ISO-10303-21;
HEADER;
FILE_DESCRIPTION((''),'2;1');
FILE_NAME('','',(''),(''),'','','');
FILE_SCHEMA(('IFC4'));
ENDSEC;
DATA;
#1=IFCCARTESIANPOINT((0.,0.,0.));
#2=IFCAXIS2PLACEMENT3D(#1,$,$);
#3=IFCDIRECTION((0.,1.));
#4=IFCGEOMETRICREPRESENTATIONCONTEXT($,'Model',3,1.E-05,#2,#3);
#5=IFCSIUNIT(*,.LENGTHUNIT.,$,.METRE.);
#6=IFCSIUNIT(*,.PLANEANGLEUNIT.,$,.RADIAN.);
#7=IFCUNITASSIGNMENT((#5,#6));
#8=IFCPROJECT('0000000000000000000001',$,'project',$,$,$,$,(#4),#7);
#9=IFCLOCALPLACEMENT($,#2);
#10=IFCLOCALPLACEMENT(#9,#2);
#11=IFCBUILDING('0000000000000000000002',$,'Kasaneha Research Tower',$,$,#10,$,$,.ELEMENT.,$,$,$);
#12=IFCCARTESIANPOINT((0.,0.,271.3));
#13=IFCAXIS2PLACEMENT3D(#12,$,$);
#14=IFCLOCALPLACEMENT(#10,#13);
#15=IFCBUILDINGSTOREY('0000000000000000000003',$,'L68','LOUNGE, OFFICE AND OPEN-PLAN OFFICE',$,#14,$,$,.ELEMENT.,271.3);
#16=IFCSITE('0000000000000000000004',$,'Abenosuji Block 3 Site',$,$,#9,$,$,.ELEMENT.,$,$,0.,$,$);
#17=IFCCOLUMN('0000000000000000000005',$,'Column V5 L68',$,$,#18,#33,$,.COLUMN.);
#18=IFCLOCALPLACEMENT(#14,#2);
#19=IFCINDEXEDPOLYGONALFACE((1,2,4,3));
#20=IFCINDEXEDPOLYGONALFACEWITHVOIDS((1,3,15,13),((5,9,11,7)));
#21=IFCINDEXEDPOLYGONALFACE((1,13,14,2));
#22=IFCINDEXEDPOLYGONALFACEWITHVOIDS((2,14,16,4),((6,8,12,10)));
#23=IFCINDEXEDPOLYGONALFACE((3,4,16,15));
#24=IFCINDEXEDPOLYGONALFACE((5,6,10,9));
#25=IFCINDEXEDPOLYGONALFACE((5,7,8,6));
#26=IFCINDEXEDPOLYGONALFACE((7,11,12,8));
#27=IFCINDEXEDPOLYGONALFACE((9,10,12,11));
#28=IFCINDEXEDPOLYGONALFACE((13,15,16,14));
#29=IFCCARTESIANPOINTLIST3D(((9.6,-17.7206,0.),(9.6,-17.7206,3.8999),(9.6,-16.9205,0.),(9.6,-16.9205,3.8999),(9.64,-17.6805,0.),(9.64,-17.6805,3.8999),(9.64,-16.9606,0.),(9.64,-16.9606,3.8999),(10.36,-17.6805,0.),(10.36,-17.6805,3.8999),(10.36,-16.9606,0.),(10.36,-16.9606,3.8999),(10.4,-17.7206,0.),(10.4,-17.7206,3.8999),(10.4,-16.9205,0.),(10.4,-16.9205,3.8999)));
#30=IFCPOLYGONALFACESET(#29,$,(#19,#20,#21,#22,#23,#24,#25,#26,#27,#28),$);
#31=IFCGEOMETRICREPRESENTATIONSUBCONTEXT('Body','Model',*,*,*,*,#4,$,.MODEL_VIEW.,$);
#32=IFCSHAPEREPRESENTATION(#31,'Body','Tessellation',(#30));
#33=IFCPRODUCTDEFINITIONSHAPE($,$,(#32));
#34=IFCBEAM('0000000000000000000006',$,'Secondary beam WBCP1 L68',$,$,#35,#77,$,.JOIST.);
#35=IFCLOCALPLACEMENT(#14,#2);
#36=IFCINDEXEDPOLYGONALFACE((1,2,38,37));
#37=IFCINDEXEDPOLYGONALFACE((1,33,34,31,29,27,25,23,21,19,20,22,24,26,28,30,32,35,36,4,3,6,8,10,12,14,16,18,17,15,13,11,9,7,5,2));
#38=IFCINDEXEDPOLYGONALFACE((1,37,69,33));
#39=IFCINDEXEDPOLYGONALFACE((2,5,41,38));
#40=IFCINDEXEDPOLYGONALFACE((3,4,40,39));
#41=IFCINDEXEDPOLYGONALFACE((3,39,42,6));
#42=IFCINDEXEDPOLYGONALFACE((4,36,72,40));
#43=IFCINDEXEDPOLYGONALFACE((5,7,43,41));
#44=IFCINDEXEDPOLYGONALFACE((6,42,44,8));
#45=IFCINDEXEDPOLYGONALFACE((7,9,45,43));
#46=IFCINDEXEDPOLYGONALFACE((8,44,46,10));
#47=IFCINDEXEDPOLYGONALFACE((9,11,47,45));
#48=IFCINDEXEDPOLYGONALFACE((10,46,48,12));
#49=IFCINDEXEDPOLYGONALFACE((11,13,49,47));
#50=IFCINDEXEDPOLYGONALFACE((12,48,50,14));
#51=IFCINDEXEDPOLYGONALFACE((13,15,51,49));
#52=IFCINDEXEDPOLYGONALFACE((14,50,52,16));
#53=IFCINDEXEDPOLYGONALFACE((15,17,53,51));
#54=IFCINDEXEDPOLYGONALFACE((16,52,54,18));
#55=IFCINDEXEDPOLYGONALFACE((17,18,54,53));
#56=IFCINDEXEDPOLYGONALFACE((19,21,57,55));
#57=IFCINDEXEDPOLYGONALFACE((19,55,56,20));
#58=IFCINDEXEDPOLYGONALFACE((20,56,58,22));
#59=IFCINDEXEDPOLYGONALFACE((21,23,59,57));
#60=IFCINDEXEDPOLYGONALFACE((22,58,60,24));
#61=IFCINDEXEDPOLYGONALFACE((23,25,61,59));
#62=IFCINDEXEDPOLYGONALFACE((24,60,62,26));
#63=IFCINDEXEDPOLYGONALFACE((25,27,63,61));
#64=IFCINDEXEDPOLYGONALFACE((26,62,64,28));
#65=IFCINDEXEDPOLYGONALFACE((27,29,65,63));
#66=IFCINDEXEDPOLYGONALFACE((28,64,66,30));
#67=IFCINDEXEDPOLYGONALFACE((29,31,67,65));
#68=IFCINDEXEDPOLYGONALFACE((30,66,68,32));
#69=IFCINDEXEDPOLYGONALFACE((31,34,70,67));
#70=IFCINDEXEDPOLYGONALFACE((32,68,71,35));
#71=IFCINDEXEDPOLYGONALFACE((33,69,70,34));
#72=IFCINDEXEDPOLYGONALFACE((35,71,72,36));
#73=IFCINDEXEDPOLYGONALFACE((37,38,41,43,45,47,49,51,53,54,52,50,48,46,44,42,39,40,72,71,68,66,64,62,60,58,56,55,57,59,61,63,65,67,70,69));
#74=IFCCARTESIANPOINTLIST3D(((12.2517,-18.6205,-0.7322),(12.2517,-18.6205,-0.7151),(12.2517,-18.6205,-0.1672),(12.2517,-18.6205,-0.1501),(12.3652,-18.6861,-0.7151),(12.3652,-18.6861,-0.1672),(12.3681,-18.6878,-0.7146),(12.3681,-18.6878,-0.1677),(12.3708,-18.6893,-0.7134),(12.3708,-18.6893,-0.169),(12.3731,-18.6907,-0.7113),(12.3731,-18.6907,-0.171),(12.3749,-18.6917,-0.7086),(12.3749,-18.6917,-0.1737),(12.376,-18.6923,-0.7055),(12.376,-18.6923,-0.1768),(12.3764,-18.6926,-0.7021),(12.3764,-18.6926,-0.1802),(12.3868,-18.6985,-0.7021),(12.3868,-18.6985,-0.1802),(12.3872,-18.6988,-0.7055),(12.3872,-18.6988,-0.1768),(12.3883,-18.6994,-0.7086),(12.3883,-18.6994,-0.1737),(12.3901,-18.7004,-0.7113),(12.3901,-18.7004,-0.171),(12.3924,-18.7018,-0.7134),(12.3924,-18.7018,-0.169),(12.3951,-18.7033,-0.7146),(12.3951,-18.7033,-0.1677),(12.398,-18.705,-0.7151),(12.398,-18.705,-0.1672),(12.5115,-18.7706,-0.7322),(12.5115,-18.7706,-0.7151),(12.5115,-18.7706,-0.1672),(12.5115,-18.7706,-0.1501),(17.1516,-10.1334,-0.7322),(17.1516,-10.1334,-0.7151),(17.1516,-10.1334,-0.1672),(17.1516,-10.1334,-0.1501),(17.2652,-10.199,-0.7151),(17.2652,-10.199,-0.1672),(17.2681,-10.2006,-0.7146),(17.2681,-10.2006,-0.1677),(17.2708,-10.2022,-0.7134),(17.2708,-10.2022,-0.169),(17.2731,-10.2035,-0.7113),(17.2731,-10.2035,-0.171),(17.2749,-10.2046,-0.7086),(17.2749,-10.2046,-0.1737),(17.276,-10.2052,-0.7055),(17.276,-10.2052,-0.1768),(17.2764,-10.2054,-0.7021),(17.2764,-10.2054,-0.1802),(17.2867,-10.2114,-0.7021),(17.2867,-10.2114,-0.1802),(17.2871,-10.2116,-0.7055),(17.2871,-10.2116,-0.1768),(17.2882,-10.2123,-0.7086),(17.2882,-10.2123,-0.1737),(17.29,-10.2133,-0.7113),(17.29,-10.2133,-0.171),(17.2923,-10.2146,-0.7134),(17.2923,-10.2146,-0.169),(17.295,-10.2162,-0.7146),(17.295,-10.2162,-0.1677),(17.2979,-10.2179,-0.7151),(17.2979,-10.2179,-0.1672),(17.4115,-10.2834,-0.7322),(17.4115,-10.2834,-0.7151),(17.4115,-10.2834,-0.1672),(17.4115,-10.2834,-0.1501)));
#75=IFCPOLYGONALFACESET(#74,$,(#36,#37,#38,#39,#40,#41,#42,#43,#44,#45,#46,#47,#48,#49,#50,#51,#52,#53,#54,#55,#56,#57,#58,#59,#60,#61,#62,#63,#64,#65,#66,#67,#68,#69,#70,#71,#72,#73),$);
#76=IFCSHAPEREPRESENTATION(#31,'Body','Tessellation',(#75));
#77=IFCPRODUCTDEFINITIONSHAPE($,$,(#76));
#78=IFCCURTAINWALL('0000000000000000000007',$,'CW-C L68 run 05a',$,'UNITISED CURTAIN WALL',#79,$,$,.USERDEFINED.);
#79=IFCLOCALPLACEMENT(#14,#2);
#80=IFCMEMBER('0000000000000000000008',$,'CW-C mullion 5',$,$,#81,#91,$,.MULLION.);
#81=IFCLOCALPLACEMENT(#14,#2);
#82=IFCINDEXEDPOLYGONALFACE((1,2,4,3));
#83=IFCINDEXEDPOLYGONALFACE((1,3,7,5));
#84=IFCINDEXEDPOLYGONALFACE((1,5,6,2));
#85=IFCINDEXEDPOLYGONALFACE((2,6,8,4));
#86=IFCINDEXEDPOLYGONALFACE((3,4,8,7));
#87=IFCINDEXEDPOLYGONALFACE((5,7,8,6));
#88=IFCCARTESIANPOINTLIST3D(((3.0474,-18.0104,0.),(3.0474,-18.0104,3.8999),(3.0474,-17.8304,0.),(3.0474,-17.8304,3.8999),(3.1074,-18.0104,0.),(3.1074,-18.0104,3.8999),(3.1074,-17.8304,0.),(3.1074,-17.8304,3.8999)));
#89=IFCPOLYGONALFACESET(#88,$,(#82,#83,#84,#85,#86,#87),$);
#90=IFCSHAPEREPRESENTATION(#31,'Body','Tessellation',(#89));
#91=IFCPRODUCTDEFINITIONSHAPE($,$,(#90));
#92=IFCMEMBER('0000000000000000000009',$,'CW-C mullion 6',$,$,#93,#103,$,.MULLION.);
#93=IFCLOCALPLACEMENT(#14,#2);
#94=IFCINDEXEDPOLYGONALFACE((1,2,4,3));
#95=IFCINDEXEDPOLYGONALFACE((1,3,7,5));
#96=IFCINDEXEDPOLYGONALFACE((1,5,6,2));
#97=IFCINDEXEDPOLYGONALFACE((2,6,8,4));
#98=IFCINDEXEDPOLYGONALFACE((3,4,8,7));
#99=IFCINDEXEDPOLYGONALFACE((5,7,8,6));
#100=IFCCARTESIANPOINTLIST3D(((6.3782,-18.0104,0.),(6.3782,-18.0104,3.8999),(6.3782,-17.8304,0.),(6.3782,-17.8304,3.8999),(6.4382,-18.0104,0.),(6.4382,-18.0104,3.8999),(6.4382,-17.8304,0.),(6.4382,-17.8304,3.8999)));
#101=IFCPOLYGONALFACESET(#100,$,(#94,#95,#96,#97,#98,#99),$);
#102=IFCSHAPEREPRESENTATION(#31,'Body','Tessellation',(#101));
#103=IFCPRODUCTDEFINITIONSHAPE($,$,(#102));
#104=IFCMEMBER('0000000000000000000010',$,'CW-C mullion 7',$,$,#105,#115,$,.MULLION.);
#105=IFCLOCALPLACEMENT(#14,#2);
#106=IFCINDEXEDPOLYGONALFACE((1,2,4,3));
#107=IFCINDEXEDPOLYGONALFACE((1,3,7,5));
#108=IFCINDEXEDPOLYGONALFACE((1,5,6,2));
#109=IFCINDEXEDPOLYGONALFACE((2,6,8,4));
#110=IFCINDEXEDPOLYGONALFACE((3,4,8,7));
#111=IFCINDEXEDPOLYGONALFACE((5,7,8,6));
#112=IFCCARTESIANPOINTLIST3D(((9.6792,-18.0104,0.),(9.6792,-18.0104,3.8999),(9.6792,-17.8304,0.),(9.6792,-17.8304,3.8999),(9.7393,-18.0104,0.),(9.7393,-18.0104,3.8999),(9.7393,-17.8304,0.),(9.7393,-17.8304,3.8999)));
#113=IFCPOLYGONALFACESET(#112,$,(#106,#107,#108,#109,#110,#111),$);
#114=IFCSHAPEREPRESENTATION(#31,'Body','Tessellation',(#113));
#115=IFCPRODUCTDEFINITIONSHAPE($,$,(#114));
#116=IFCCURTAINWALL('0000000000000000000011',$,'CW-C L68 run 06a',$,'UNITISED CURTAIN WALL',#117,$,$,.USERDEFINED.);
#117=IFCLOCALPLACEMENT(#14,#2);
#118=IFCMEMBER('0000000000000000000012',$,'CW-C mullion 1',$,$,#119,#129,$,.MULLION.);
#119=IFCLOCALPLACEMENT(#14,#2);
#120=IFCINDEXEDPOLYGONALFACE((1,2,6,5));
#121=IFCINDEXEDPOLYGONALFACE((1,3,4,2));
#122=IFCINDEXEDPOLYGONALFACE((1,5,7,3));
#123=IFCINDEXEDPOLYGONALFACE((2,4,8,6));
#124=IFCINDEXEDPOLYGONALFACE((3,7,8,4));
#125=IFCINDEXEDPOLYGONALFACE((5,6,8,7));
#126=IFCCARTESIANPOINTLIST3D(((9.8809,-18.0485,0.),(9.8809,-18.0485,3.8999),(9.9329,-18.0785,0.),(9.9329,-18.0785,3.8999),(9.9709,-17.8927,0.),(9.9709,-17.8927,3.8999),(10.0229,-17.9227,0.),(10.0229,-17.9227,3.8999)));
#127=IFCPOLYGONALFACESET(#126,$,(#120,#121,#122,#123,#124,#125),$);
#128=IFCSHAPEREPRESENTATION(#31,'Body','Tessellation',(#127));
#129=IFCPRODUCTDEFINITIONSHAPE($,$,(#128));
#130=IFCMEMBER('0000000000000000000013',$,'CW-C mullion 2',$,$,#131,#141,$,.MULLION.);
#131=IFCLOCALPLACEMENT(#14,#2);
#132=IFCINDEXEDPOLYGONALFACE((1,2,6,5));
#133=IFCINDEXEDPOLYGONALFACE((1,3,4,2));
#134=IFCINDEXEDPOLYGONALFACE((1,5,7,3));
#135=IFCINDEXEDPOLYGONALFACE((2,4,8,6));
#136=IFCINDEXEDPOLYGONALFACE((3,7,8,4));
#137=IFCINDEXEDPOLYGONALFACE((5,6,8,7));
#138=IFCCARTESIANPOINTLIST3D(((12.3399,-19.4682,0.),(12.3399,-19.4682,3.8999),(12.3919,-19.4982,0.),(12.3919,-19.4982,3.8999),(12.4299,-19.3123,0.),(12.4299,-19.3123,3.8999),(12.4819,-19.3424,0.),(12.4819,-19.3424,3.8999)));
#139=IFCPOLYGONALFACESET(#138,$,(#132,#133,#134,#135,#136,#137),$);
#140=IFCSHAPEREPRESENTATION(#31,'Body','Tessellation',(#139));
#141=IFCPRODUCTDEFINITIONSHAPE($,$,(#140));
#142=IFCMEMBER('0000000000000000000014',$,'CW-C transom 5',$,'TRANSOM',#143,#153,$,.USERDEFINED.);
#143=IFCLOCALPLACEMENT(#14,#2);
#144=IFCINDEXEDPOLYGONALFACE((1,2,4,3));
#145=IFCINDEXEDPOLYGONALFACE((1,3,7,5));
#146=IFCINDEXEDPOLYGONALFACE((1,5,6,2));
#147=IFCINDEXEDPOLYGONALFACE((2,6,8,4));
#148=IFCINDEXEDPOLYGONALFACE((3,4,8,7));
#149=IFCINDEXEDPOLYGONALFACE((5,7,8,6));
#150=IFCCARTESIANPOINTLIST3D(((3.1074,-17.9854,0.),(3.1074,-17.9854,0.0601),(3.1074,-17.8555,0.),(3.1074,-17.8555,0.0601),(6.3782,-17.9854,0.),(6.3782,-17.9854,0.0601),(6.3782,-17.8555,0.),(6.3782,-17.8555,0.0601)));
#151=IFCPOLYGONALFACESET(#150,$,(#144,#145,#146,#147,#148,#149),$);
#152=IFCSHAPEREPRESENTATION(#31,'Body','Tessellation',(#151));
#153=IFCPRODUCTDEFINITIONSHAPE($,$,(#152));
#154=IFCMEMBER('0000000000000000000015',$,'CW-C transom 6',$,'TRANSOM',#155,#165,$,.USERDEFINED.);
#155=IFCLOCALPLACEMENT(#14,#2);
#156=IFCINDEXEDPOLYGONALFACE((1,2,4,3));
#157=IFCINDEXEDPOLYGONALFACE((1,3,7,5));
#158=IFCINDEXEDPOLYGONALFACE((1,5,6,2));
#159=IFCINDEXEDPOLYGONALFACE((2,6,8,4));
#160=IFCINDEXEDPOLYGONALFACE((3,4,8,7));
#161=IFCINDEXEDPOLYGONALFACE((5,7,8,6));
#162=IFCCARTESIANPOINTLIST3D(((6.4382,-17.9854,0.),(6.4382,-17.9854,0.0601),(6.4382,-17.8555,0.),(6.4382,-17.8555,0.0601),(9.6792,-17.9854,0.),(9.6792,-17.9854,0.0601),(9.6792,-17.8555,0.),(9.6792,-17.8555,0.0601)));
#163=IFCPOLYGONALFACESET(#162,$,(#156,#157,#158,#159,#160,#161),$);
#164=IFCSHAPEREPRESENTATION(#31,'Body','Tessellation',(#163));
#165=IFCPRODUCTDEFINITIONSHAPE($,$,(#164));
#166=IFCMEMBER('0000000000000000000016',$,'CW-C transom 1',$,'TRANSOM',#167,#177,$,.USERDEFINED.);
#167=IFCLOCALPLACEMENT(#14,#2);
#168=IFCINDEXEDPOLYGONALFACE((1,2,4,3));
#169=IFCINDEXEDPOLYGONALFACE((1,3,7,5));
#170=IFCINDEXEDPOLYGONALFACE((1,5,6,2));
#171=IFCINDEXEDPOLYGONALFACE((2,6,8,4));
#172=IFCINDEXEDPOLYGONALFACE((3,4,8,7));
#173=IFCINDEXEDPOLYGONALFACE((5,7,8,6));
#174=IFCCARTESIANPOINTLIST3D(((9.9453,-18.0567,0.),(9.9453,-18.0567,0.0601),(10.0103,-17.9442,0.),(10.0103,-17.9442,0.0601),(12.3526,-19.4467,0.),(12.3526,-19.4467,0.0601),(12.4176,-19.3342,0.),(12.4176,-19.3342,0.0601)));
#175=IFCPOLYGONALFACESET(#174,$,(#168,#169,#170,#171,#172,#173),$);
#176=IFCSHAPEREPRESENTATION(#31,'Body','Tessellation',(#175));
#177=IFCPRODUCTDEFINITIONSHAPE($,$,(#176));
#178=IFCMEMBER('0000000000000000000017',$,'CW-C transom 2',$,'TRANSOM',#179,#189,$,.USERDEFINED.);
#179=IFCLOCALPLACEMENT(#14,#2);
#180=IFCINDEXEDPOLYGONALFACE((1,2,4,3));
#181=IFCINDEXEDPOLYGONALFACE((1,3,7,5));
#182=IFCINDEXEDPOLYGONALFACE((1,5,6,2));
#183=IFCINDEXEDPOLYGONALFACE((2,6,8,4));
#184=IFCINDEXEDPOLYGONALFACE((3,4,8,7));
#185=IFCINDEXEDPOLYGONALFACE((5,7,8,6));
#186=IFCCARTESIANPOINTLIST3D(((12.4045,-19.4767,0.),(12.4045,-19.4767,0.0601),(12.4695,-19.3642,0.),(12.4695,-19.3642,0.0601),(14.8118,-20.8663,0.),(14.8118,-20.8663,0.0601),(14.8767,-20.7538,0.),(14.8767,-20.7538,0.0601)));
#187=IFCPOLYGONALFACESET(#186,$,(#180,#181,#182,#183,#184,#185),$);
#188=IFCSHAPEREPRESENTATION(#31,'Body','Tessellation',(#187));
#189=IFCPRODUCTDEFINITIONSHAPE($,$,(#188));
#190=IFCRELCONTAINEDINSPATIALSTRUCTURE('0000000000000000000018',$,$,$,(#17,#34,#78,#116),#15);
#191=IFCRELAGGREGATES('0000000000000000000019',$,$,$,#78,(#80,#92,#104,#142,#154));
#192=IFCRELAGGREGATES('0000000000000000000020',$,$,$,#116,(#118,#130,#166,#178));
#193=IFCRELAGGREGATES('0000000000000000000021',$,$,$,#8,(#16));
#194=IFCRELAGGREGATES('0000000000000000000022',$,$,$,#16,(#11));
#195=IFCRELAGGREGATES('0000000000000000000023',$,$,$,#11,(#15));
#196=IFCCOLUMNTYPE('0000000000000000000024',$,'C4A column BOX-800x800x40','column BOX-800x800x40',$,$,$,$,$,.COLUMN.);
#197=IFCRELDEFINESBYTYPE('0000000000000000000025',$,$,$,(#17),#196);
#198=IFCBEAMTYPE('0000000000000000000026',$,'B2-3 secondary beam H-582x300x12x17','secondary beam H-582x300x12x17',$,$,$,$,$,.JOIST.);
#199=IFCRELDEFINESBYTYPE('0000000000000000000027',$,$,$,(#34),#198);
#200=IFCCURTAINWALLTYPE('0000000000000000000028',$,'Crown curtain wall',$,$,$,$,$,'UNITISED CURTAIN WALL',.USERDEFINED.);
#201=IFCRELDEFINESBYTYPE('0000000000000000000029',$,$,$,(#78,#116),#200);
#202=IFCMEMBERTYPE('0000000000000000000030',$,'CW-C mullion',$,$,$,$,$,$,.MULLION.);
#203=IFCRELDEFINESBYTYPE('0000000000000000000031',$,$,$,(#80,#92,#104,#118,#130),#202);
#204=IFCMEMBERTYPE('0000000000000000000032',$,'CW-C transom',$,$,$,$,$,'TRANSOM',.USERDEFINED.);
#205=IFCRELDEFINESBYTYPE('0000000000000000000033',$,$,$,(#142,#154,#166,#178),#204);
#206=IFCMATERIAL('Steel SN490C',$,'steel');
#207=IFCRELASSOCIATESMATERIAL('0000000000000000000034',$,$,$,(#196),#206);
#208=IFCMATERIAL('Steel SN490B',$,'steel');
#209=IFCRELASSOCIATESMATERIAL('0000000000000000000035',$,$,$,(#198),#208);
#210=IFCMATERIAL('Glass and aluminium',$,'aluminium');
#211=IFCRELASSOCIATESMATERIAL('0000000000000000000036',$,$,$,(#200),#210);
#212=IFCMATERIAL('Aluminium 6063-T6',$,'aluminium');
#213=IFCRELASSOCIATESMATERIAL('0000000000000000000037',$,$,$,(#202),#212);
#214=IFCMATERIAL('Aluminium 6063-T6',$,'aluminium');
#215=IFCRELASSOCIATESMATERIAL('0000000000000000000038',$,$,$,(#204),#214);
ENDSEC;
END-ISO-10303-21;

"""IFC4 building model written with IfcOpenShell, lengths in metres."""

from ifc_helpers import new_model, si_unit, direction, frame, origin, origin_2d, place, context, subcontext, project, spatial, rectangle, hollow_rectangle, i_section, extrude, material, material_profile, profile_set, type_object, element, aggregate, save


model = new_model("IFC4")

# Units and contexts
model_context = context("Model", 3, precision=1e-05, world=origin(), true_north=direction((0.0, 1.0)))
body_context = subcontext(model_context, "Body", "Model", "MODEL_VIEW")
ifc_project = project(units=[si_unit("LENGTHUNIT", "METRE"), si_unit("PLANEANGLEUNIT", "RADIAN")], contexts=[model_context])

# Site, building, storey
site_placement = place(None, origin())
site = spatial("IfcSite", under=ifc_project, at=site_placement, Name="Abenosuji Block 3 Site", CompositionType="ELEMENT", RefElevation=0.0)
building_placement = place(site_placement, origin())
building = spatial("IfcBuilding", under=site, at=building_placement, Name="Kasaneha Research Tower", CompositionType="ELEMENT")
storey_placement = place(building_placement, frame((0.0, 0.0, 271.3)))
storey = spatial("IfcBuildingStorey", under=building, at=storey_placement, Name="L68", Description="LOUNGE, OFFICE AND OPEN-PLAN OFFICE", CompositionType="ELEMENT", Elevation=271.3)

# Column
ifc_material_1 = material(Name="Steel SN490C", Category="steel")
ifc_material_profile_1 = material_profile(ifc_material_1, hollow_rectangle(XDim=0.8, YDim=0.8, WallThickness=0.04, at=origin_2d()), Name="BOX-800x800x40")
ifc_profile_set_1 = profile_set([ifc_material_profile_1], Name="Steel SN490C")
column_type = type_object("IfcColumnType", Name="C4A column BOX-800x800x40", Description="column BOX-800x800x40", PredefinedType="COLUMN", material=ifc_profile_set_1)
column_placement = place(storey_placement, frame((10.0, -17.3206, 0.0), z_axis=(0.0, 0.0, 1.0), x_axis=(1.0, 0.0, 0.0)))
element("IfcColumn", 1, at=column_placement, inside=storey, type_object=column_type, Name="Column V5 L68", PredefinedType="COLUMN", context=body_context, shape_type="SweptSolid", body=[
    extrude(hollow_rectangle(XDim=0.8, YDim=0.8, WallThickness=0.04, at=origin_2d()), origin(), (0.0, 0.0, 1.0), 3.8999),
])

# Beam
ifc_material_2 = material(Name="Steel SN490B", Category="steel")
ifc_material_profile_2 = material_profile(ifc_material_2, i_section(OverallWidth=0.3, OverallDepth=0.582, WebThickness=0.012, FlangeThickness=0.0171, FilletRadius=0.0129, at=origin_2d()), Name="H-582x300x12x17")
ifc_profile_set_2 = profile_set([ifc_material_profile_2], Name="Steel SN490B")
beam_type_1 = type_object("IfcBeamType", Name="B2-3 secondary beam H-582x300x12x17", Description="secondary beam H-582x300x12x17", PredefinedType="JOIST", material=ifc_profile_set_2)
beam_1_placement = place(storey_placement, frame((12.3816, -18.6956, -0.4412), z_axis=(0.499992, 0.86603, 0.0), x_axis=(-0.86603, 0.499992, 0.0)))
element("IfcBeam", 2, at=beam_1_placement, inside=storey, type_object=beam_type_1, Name="Secondary beam WBCP1 L68", PredefinedType="JOIST", context=body_context, shape_type="SweptSolid", body=[
    extrude(i_section(OverallWidth=0.3, OverallDepth=0.582, WebThickness=0.012, FlangeThickness=0.0171, FilletRadius=0.0129, at=origin_2d()), origin(), (0.0, 0.0, 1.0), 9.8),
])

# Curtain walls, members
ifc_material_3 = material(Name="Glass and aluminium", Category="aluminium")
curtain_wall_type = type_object("IfcCurtainWallType", Name="Crown curtain wall", ElementType="UNITISED CURTAIN WALL", PredefinedType="USERDEFINED", material=ifc_material_3)
curtain_wall_1_placement = place(storey_placement, origin())
curtain_wall_1 = element("IfcCurtainWall", 3, at=curtain_wall_1_placement, inside=storey, type_object=curtain_wall_type, Name="CW-C L68 run 05a", ObjectType="UNITISED CURTAIN WALL", PredefinedType="USERDEFINED")
ifc_material_4 = material(Name="Aluminium 6063-T6", Category="aluminium")
ifc_material_profile_3 = material_profile(ifc_material_4, rectangle(XDim=0.0601, YDim=0.1799, at=origin_2d()), Name="CW-C mullion 60x180")
ifc_profile_set_3 = profile_set([ifc_material_profile_3], Name="Aluminium 6063-T6")
member_type_1 = type_object("IfcMemberType", Name="CW-C mullion", PredefinedType="MULLION", material=ifc_profile_set_3)
member_1_placement = place(storey_placement, frame((3.0774, -17.9204, 0.0), z_axis=(0.0, 0.0, 1.0), x_axis=(1.0, 0.0, 0.0)))
member_1 = element("IfcMember", 4, at=member_1_placement, type_object=member_type_1, Name="CW-C mullion 5", PredefinedType="MULLION", context=body_context, shape_type="SweptSolid", body=[
    extrude(rectangle(XDim=0.0601, YDim=0.1799, at=origin_2d()), origin(), (0.0, 0.0, 1.0), 3.8999),
])
member_2_placement = place(storey_placement, frame((6.4082, -17.9204, 0.0), z_axis=(0.0, 0.0, 1.0), x_axis=(1.0, 0.0, 0.0)))
member_2 = element("IfcMember", 5, at=member_2_placement, type_object=member_type_1, Name="CW-C mullion 6", PredefinedType="MULLION", context=body_context, shape_type="SweptSolid", body=[
    extrude(rectangle(XDim=0.0601, YDim=0.1799, at=origin_2d()), origin(), (0.0, 0.0, 1.0), 3.8999),
])
member_3_placement = place(storey_placement, frame((9.7092, -17.9204, 0.0), z_axis=(0.0, 0.0, 1.0), x_axis=(1.0, 0.0, 0.0)))
member_3 = element("IfcMember", 6, at=member_3_placement, type_object=member_type_1, Name="CW-C mullion 7", PredefinedType="MULLION", context=body_context, shape_type="SweptSolid", body=[
    extrude(rectangle(XDim=0.0601, YDim=0.1799, at=origin_2d()), origin(), (0.0, 0.0, 1.0), 3.8999),
])
curtain_wall_2_placement = place(storey_placement, origin())
curtain_wall_2 = element("IfcCurtainWall", 7, at=curtain_wall_2_placement, inside=storey, type_object=curtain_wall_type, Name="CW-C L68 run 06a", ObjectType="UNITISED CURTAIN WALL", PredefinedType="USERDEFINED")
member_4_placement = place(storey_placement, frame((9.9519, -17.9856, 0.0), z_axis=(0.0, 0.0, 1.0), x_axis=(0.866025, -0.5, 0.0)))
member_4 = element("IfcMember", 8, at=member_4_placement, type_object=member_type_1, Name="CW-C mullion 1", PredefinedType="MULLION", context=body_context, shape_type="SweptSolid", body=[
    extrude(rectangle(XDim=0.0601, YDim=0.1799, at=origin_2d()), origin(), (0.0, 0.0, 1.0), 3.8999),
])
member_5_placement = place(storey_placement, frame((12.4109, -19.4053, 0.0), z_axis=(0.0, 0.0, 1.0), x_axis=(0.866025, -0.5, 0.0)))
member_5 = element("IfcMember", 9, at=member_5_placement, type_object=member_type_1, Name="CW-C mullion 2", PredefinedType="MULLION", context=body_context, shape_type="SweptSolid", body=[
    extrude(rectangle(XDim=0.0601, YDim=0.1799, at=origin_2d()), origin(), (0.0, 0.0, 1.0), 3.8999),
])

# Members
ifc_material_5 = material(Name="Aluminium 6063-T6", Category="aluminium")
ifc_material_profile_4 = material_profile(ifc_material_5, rectangle(XDim=0.1299, YDim=0.0601, at=origin_2d()), Name="CW-C transom 130x60")
ifc_profile_set_4 = profile_set([ifc_material_profile_4], Name="Aluminium 6063-T6")
member_type_2 = type_object("IfcMemberType", Name="CW-C transom", ElementType="TRANSOM", PredefinedType="USERDEFINED", material=ifc_profile_set_4)
member_6_placement = place(storey_placement, frame((3.1074, -17.9204, 0.03), z_axis=(1.0, 0.0, 0.0), x_axis=(0.0, 1.0, 0.0)))
member_6 = element("IfcMember", 10, at=member_6_placement, type_object=member_type_2, Name="CW-C transom 5", ObjectType="TRANSOM", PredefinedType="USERDEFINED", context=body_context, shape_type="SweptSolid", body=[
    extrude(rectangle(XDim=0.1299, YDim=0.0601, at=origin_2d()), origin(), (0.0, 0.0, 1.0), 3.2708),
])
member_7_placement = place(storey_placement, frame((6.4382, -17.9204, 0.03), z_axis=(1.0, 0.0, 0.0), x_axis=(0.0, 1.0, 0.0)))
member_7 = element("IfcMember", 11, at=member_7_placement, type_object=member_type_2, Name="CW-C transom 6", ObjectType="TRANSOM", PredefinedType="USERDEFINED", context=body_context, shape_type="SweptSolid", body=[
    extrude(rectangle(XDim=0.1299, YDim=0.0601, at=origin_2d()), origin(), (0.0, 0.0, 1.0), 3.241),
])
member_8_placement = place(storey_placement, frame((9.9778, -18.0005, 0.03), z_axis=(0.866013, -0.500021, 0.0), x_axis=(0.500021, 0.866013, 0.0)))
member_8 = element("IfcMember", 12, at=member_8_placement, type_object=member_type_2, Name="CW-C transom 1", ObjectType="TRANSOM", PredefinedType="USERDEFINED", context=body_context, shape_type="SweptSolid", body=[
    extrude(rectangle(XDim=0.1299, YDim=0.0601, at=origin_2d()), origin(), (0.0, 0.0, 1.0), 2.7798),
])
member_9_placement = place(storey_placement, frame((12.437, -19.4204, 0.03), z_axis=(0.866051, -0.499956, 0.0), x_axis=(0.499956, 0.866051, 0.0)))
member_9 = element("IfcMember", 13, at=member_9_placement, type_object=member_type_2, Name="CW-C transom 2", ObjectType="TRANSOM", PredefinedType="USERDEFINED", context=body_context, shape_type="SweptSolid", body=[
    extrude(rectangle(XDim=0.1299, YDim=0.0601, at=origin_2d()), origin(), (0.0, 0.0, 1.0), 2.7795),
])

aggregate(curtain_wall_1, [member_1, member_2, member_3, member_6, member_7])
aggregate(curtain_wall_2, [member_4, member_5, member_8, member_9])

save(model, "model.ifc")
